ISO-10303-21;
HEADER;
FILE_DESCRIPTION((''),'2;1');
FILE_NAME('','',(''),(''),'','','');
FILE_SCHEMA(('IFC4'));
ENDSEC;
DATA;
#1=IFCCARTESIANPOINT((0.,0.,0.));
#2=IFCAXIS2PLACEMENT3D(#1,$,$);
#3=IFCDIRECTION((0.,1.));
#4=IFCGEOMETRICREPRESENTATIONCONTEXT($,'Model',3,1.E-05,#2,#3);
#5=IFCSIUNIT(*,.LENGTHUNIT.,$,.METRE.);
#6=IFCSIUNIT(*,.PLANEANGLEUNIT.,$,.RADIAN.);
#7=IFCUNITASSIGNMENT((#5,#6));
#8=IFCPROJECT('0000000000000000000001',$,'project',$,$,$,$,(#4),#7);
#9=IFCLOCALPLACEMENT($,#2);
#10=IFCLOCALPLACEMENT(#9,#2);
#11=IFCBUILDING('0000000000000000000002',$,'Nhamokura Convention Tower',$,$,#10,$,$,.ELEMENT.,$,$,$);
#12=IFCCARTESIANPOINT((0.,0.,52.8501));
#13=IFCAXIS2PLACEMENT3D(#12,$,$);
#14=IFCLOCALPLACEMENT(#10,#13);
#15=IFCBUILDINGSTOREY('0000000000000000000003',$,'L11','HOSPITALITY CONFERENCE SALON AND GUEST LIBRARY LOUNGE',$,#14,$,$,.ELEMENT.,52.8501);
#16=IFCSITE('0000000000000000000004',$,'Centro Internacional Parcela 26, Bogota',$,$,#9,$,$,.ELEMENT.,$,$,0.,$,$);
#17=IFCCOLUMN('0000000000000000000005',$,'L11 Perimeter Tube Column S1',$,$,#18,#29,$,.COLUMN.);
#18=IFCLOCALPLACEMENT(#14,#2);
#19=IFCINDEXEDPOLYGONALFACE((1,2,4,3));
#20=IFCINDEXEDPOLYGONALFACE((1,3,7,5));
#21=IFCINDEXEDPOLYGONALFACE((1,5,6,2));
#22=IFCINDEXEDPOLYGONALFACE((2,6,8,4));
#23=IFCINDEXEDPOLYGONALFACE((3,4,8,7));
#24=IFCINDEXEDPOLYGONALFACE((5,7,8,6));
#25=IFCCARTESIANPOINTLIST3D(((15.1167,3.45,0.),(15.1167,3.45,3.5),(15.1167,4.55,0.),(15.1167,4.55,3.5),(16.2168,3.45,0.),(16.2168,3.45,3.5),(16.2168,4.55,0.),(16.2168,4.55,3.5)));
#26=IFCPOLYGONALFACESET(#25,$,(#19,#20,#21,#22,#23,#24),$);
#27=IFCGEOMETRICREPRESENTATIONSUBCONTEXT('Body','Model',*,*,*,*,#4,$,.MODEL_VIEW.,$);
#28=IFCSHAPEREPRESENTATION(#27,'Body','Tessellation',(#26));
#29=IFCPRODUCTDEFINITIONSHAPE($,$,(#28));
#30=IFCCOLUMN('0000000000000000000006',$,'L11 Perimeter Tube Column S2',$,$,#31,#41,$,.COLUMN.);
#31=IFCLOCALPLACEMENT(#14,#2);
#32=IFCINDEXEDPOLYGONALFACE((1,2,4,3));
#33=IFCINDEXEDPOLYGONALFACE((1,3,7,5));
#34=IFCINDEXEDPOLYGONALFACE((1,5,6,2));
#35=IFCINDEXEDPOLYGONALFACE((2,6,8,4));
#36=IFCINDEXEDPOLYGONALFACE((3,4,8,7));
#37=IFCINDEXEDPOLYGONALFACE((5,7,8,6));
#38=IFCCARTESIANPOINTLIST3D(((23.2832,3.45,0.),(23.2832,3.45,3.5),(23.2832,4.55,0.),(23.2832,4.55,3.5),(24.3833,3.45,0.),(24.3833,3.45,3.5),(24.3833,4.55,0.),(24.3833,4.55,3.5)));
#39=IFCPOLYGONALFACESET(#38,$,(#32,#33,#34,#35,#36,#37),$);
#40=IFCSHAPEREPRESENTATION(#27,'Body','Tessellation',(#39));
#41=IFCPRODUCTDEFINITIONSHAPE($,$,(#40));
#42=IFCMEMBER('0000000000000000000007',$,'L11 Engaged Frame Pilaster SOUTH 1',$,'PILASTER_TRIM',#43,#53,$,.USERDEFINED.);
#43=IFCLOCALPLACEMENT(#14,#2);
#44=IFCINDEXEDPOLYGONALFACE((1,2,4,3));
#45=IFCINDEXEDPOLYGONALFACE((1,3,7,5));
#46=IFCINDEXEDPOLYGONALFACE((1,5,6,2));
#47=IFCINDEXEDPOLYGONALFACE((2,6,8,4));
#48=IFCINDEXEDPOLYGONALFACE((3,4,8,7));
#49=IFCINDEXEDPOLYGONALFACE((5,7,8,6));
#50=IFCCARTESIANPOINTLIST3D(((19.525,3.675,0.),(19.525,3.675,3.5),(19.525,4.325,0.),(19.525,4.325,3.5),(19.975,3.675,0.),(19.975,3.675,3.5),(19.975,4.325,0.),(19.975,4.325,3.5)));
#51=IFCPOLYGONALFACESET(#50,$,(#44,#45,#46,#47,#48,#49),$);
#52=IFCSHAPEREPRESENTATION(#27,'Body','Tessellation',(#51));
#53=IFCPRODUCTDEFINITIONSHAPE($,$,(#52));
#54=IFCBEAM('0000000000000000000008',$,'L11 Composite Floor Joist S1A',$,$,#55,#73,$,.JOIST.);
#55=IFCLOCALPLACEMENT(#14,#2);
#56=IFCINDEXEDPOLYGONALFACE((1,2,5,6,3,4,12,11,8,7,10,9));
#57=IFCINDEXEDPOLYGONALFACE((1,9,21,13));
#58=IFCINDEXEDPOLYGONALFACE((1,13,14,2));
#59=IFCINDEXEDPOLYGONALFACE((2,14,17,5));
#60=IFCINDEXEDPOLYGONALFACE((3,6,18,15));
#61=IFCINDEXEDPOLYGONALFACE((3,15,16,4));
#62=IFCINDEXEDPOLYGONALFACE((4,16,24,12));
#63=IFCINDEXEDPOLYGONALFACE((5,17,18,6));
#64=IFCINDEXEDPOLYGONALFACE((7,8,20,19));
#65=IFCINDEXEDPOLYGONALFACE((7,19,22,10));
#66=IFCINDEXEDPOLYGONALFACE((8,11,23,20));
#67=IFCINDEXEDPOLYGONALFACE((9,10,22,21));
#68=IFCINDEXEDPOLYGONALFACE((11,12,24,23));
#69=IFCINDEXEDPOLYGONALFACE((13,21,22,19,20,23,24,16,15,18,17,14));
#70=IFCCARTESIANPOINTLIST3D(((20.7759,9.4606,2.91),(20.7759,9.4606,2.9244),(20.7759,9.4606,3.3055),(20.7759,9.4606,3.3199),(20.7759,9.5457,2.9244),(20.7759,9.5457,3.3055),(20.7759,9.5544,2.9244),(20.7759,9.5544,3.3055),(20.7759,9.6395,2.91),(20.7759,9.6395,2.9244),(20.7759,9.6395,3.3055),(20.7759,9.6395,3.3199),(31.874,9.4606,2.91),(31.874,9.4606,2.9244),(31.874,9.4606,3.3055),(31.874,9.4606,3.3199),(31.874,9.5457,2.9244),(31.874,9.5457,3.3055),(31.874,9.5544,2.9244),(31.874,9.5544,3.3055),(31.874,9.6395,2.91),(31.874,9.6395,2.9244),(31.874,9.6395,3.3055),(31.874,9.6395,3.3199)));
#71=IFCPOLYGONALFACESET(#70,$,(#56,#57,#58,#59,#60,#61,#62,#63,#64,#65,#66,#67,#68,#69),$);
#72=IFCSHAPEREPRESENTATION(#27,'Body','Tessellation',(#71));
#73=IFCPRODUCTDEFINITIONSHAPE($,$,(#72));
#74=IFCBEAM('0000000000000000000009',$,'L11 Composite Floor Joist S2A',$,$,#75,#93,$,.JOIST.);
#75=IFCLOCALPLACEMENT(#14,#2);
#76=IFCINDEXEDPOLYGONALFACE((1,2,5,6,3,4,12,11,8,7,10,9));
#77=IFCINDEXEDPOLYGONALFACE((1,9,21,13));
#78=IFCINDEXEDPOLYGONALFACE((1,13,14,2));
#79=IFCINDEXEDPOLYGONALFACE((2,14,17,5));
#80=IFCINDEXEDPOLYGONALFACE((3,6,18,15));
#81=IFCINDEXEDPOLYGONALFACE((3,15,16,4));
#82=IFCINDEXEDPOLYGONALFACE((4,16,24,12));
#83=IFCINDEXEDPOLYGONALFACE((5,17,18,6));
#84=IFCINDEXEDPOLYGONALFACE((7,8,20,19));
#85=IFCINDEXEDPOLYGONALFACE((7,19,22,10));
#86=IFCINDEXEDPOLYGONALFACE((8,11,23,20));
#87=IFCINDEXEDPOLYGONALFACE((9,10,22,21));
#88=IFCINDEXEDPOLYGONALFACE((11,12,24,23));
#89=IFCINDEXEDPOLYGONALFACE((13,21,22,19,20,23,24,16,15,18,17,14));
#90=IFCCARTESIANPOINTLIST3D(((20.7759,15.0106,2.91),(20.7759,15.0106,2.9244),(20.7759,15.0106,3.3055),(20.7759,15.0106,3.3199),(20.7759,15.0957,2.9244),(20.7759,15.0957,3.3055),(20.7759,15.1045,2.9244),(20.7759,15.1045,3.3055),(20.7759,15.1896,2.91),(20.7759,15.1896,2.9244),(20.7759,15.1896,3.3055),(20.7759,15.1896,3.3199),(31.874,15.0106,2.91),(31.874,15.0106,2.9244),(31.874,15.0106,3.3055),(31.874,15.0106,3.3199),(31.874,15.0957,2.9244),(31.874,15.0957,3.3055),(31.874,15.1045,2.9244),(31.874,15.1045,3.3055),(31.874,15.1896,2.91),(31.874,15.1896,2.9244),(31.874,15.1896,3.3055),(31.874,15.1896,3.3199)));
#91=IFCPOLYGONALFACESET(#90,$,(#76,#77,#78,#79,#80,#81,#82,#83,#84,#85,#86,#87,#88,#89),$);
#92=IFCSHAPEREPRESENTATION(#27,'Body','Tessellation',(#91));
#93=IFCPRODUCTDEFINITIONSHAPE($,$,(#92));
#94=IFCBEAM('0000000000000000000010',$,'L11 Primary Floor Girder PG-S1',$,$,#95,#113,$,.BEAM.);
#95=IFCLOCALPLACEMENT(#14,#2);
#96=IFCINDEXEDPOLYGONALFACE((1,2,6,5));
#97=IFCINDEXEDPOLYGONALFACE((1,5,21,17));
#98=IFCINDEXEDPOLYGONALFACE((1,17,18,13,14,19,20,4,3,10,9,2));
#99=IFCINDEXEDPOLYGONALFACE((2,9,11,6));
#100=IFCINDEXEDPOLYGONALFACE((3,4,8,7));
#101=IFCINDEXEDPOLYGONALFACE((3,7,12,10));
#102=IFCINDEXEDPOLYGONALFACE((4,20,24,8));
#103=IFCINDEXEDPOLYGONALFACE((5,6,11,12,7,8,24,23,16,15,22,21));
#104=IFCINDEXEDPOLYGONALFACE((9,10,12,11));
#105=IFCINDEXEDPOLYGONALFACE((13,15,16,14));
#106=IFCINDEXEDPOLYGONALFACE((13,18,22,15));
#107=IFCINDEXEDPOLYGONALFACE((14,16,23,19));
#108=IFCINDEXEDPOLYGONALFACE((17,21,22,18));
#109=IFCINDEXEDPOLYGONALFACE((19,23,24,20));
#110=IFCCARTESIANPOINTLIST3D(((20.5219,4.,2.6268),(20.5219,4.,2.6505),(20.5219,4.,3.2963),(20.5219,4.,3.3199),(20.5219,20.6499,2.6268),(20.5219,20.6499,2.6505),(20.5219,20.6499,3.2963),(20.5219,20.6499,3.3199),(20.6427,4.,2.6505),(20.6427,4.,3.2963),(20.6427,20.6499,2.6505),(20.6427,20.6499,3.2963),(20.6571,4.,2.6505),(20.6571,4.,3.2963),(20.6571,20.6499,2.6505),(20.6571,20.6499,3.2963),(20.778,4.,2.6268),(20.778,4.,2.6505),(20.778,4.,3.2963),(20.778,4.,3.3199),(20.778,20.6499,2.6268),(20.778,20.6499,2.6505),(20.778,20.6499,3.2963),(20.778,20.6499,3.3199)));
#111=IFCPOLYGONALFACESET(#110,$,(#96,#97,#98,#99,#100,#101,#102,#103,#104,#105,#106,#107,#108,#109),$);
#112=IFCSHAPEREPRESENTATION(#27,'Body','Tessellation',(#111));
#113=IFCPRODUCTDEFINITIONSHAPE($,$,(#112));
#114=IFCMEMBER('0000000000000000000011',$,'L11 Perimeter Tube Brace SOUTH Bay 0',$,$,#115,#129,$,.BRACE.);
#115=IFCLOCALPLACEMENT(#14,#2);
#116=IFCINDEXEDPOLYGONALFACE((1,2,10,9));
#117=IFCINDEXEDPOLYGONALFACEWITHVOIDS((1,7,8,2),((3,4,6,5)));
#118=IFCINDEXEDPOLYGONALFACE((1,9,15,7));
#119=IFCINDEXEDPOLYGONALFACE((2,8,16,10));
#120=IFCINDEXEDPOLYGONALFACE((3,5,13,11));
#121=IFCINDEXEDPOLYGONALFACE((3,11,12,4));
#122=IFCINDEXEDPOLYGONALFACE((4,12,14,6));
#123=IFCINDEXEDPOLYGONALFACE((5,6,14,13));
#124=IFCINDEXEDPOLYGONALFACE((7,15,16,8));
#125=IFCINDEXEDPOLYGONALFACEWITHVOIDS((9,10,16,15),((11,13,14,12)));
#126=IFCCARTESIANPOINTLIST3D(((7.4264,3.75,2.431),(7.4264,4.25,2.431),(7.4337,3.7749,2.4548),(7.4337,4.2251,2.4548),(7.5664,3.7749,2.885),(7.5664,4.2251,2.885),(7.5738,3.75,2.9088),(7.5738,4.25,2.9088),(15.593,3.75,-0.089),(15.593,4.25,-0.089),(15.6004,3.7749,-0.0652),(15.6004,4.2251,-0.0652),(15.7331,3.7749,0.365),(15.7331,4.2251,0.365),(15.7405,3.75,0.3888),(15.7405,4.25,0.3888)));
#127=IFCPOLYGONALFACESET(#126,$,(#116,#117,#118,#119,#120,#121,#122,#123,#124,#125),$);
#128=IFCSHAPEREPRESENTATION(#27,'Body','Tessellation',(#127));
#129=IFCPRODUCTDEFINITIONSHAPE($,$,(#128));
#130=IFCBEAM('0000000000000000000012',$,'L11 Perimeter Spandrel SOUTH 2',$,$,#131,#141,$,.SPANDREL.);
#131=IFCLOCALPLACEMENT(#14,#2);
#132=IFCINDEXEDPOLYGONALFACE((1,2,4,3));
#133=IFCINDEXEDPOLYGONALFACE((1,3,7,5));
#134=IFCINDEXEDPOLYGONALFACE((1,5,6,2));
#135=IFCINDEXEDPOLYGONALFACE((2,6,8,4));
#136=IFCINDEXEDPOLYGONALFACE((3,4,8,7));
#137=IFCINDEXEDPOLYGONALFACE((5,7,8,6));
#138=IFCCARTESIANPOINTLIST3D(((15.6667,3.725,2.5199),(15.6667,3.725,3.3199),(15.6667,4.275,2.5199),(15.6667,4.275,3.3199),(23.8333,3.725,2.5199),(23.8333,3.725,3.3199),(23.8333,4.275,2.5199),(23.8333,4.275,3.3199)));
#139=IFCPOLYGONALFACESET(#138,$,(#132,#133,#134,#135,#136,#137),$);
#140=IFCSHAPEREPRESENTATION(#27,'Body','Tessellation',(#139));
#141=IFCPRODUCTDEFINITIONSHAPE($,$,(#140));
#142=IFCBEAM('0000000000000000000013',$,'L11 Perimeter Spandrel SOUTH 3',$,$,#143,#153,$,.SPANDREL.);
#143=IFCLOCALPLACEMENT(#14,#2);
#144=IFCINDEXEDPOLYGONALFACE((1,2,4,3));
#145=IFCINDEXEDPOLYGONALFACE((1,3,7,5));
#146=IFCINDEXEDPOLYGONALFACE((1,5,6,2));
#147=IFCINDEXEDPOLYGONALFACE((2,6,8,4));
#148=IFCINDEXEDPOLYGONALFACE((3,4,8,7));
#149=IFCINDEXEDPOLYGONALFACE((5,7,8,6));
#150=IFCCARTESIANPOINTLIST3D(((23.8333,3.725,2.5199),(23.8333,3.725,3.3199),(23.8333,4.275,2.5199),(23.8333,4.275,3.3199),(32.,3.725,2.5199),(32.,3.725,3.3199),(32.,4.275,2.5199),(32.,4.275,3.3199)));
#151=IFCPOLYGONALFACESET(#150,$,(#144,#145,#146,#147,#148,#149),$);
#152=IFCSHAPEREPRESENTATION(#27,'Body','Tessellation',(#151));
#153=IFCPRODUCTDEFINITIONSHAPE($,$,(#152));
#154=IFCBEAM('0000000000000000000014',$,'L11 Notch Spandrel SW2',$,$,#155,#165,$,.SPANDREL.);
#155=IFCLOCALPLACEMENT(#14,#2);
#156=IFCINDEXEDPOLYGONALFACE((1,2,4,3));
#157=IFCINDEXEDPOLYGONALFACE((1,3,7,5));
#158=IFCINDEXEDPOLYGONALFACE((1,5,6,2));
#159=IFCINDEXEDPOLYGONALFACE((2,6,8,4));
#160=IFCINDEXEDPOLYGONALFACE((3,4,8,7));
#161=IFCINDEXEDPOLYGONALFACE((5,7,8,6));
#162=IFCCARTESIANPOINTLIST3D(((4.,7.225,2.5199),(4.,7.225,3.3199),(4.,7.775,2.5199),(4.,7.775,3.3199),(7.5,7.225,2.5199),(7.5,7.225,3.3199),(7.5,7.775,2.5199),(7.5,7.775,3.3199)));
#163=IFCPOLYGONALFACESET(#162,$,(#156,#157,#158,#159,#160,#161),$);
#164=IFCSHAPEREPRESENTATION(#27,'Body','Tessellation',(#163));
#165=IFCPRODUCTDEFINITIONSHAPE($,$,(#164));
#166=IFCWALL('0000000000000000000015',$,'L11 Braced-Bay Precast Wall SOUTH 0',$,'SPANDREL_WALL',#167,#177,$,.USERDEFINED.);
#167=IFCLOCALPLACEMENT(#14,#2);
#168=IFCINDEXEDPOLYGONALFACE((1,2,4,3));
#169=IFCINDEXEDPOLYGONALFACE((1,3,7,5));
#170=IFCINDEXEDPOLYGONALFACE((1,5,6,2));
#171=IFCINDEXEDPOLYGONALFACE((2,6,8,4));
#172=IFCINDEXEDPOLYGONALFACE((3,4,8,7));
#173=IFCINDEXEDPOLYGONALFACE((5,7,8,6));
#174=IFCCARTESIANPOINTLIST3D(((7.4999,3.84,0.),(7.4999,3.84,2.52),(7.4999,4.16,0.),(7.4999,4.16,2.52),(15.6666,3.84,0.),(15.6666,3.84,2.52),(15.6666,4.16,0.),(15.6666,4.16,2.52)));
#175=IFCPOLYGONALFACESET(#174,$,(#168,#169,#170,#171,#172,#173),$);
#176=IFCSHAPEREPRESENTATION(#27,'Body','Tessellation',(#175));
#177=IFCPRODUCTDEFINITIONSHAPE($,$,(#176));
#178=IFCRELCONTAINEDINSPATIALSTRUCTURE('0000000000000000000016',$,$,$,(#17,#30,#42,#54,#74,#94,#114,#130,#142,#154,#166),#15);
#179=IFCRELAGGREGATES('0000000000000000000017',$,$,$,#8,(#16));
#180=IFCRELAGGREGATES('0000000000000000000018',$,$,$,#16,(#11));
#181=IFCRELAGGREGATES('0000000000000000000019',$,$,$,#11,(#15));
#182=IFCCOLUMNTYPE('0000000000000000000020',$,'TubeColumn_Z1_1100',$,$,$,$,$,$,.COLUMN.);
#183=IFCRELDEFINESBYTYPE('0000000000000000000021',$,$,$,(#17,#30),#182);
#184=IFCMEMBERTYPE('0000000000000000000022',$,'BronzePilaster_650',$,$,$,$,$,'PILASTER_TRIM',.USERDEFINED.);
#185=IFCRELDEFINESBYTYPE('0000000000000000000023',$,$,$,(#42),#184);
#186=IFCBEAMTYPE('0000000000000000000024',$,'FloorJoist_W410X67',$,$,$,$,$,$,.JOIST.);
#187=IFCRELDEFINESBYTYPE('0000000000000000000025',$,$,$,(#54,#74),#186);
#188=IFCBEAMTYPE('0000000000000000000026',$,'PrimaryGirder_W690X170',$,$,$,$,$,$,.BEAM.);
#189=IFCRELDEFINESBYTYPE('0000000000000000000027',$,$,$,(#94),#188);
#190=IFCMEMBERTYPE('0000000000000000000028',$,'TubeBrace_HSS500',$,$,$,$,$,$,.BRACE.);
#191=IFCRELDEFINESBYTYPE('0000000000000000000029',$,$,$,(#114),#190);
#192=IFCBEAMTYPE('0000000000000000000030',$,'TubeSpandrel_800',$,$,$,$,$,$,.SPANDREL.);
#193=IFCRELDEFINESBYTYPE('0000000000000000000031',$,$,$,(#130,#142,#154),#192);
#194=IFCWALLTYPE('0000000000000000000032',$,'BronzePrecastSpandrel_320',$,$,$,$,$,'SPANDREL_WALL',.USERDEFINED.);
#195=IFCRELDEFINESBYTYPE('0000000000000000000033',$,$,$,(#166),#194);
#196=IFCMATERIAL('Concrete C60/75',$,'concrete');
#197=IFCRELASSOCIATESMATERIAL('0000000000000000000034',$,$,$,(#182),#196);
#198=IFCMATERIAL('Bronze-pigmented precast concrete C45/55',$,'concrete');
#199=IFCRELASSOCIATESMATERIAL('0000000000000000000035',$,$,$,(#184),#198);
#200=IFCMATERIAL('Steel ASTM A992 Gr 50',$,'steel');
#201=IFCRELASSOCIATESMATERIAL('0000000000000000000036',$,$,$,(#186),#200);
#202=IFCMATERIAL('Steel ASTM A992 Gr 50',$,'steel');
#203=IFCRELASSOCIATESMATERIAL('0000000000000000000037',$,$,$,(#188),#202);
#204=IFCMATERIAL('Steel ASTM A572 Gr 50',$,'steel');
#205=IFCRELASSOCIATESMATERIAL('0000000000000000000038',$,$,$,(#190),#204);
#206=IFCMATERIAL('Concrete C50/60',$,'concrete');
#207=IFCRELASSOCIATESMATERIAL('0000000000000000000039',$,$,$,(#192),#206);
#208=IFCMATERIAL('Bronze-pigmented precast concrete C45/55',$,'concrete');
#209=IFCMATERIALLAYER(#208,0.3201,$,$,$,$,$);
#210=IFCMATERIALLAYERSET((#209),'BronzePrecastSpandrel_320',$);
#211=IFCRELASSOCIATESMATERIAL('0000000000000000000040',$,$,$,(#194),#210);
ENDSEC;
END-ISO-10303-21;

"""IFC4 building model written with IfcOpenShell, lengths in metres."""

from ifc_helpers import new_model, si_unit, direction, frame, frame_2d, origin, origin_2d, place, context, subcontext, project, spatial, rectangle, hollow_rectangle, i_section, extrude, material, layer, layer_set, material_profile, profile_set, type_object, element, save


model = new_model("IFC4")

# Units and contexts
model_context = context("Model", 3, precision=1e-05, world=origin(), true_north=direction((0.0, 1.0)))
body_context = subcontext(model_context, "Body", "Model", "MODEL_VIEW")
ifc_project = project(units=[si_unit("LENGTHUNIT", "METRE"), si_unit("PLANEANGLEUNIT", "RADIAN")], contexts=[model_context])

# Site, building, storey
site_placement = place(None, origin())
site = spatial("IfcSite", under=ifc_project, at=site_placement, Name="Centro Internacional Parcela 26, Bogota", CompositionType="ELEMENT", RefElevation=0.0)
building_placement = place(site_placement, origin())
building = spatial("IfcBuilding", under=site, at=building_placement, Name="Nhamokura Convention Tower", CompositionType="ELEMENT")
storey_placement = place(building_placement, frame((0.0, 0.0, 52.8501)))
storey = spatial("IfcBuildingStorey", under=building, at=storey_placement, Name="L11", Description="HOSPITALITY CONFERENCE SALON AND GUEST LIBRARY LOUNGE", CompositionType="ELEMENT", Elevation=52.8501)

# Columns
ifc_material_1 = material(Name="Concrete C60/75", Category="concrete")
ifc_material_profile_1 = material_profile(ifc_material_1, rectangle(XDim=1.1001, YDim=1.1001, at=origin_2d()))
ifc_profile_set_1 = profile_set([ifc_material_profile_1], Name="Concrete C60/75")
column_type = type_object("IfcColumnType", Name="TubeColumn_Z1_1100", PredefinedType="COLUMN", material=ifc_profile_set_1)
for number, where, z_axis, x_axis, name in (
    (1, (15.6667, 4.0, 0.0), (0.0, 0.0, 1.0), (1.0, 0.0, 0.0), "L11 Perimeter Tube Column S1"),
    (2, (23.8333, 4.0, 0.0), (0.0, 0.0, 1.0), (1.0, 0.0, 0.0), "L11 Perimeter Tube Column S2"),
):
    element("IfcColumn", number, at=place(storey_placement, frame(where, z_axis=z_axis, x_axis=x_axis)), inside=storey, type_object=column_type, Name=name, PredefinedType="COLUMN", context=body_context, shape_type="SweptSolid", body=[
        extrude(rectangle(XDim=1.1001, YDim=1.1001, at=origin_2d()), origin(), (0.0, 0.0, 1.0), 3.5),
    ])

# Member
ifc_material_2 = material(Name="Bronze-pigmented precast concrete C45/55", Category="concrete")
ifc_material_profile_2 = material_profile(ifc_material_2, rectangle(XDim=0.45, YDim=0.6499, at=origin_2d()))
ifc_profile_set_2 = profile_set([ifc_material_profile_2], Name="Bronze-pigmented precast concrete C45/55")
member_type_1 = type_object("IfcMemberType", Name="BronzePilaster_650", ElementType="PILASTER_TRIM", PredefinedType="USERDEFINED", material=ifc_profile_set_2)
member_1_placement = place(storey_placement, frame((19.75, 4.0, 0.0), z_axis=(0.0, 0.0, 1.0), x_axis=(1.0, 0.0, 0.0)))
element("IfcMember", 3, at=member_1_placement, inside=storey, type_object=member_type_1, Name="L11 Engaged Frame Pilaster SOUTH 1", ObjectType="PILASTER_TRIM", PredefinedType="USERDEFINED", context=body_context, shape_type="SweptSolid", body=[
    extrude(rectangle(XDim=0.45, YDim=0.6499, at=origin_2d()), origin(), (0.0, 0.0, 1.0), 3.5),
])

# Beams
ifc_material_3 = material(Name="Steel ASTM A992 Gr 50", Category="steel")
ifc_material_profile_3 = material_profile(ifc_material_3, i_section(OverallWidth=0.179, OverallDepth=0.4099, WebThickness=0.0088, FlangeThickness=0.0144, at=origin_2d()))
ifc_profile_set_3 = profile_set([ifc_material_profile_3], Name="Steel ASTM A992 Gr 50")
beam_type_1 = type_object("IfcBeamType", Name="FloorJoist_W410X67", PredefinedType="JOIST", material=ifc_profile_set_3)
for number, where, z_axis, x_axis, name in (
    (4, (20.7759, 9.55, 3.115), (1.0, 0.0, 0.0), (0.0, 1.0, 0.0), "L11 Composite Floor Joist S1A"),
    (5, (20.7759, 15.1001, 3.115), (1.0, 0.0, 0.0), (0.0, 1.0, 0.0), "L11 Composite Floor Joist S2A"),
):
    element("IfcBeam", number, at=place(storey_placement, frame(where, z_axis=z_axis, x_axis=x_axis)), inside=storey, type_object=beam_type_1, Name=name, PredefinedType="JOIST", context=body_context, shape_type="SweptSolid", body=[
        extrude(i_section(OverallWidth=0.179, OverallDepth=0.4099, WebThickness=0.0088, FlangeThickness=0.0144, at=origin_2d()), origin(), (0.0, 0.0, 1.0), 11.0981),
    ])
ifc_material_4 = material(Name="Steel ASTM A992 Gr 50", Category="steel")
ifc_material_profile_4 = material_profile(ifc_material_4, i_section(OverallWidth=0.2561, OverallDepth=0.6931, WebThickness=0.0144, FlangeThickness=0.0237, at=origin_2d()))
ifc_profile_set_4 = profile_set([ifc_material_profile_4], Name="Steel ASTM A992 Gr 50")
beam_type_2 = type_object("IfcBeamType", Name="PrimaryGirder_W690X170", PredefinedType="BEAM", material=ifc_profile_set_4)
beam_1_placement = place(storey_placement, frame((20.6499, 4.0, 2.9734), z_axis=(0.0, 1.0, 0.0), x_axis=(-1.0, 0.0, 0.0)))
element("IfcBeam", 6, at=beam_1_placement, inside=storey, type_object=beam_type_2, Name="L11 Primary Floor Girder PG-S1", PredefinedType="BEAM", context=body_context, shape_type="SweptSolid", body=[
    extrude(i_section(OverallWidth=0.2561, OverallDepth=0.6931, WebThickness=0.0144, FlangeThickness=0.0237, at=origin_2d()), origin(), (0.0, 0.0, 1.0), 16.6499),
])

# Member
ifc_material_5 = material(Name="Steel ASTM A572 Gr 50", Category="steel")
ifc_material_profile_5 = material_profile(ifc_material_5, hollow_rectangle(XDim=0.5, YDim=0.5, WallThickness=0.0249, at=origin_2d()))
ifc_profile_set_5 = profile_set([ifc_material_profile_5], Name="Steel ASTM A572 Gr 50")
member_type_2 = type_object("IfcMemberType", Name="TubeBrace_HSS500", PredefinedType="BRACE", material=ifc_profile_set_5)
member_2_placement = place(storey_placement, frame((15.6667, 4.0, 0.1499), z_axis=(-0.955543, 0.0, 0.294853), x_axis=(0.0, -1.0, 0.0)))
element("IfcMember", 7, at=member_2_placement, inside=storey, type_object=member_type_2, Name="L11 Perimeter Tube Brace SOUTH Bay 0", PredefinedType="BRACE", context=body_context, shape_type="SweptSolid", body=[
    extrude(hollow_rectangle(XDim=0.5, YDim=0.5, WallThickness=0.0249, at=origin_2d()), origin(), (0.0, 0.0, 1.0), 8.5466),
])

# Beams
ifc_material_6 = material(Name="Concrete C50/60", Category="concrete")
ifc_material_profile_6 = material_profile(ifc_material_6, rectangle(XDim=0.55, YDim=0.8, at=origin_2d()))
ifc_profile_set_6 = profile_set([ifc_material_profile_6], Name="Concrete C50/60")
beam_type_3 = type_object("IfcBeamType", Name="TubeSpandrel_800", PredefinedType="SPANDREL", material=ifc_profile_set_6)
beam_2_placement = place(storey_placement, frame((15.6667, 4.0, 2.9199), z_axis=(1.0, 0.0, 0.0), x_axis=(0.0, 1.0, 0.0)))
element("IfcBeam", 8, at=beam_2_placement, inside=storey, type_object=beam_type_3, Name="L11 Perimeter Spandrel SOUTH 2", PredefinedType="SPANDREL", context=body_context, shape_type="SweptSolid", body=[
    extrude(rectangle(XDim=0.55, YDim=0.8, at=origin_2d()), origin(), (0.0, 0.0, 1.0), 8.1665),
])
beam_3_placement = place(storey_placement, frame((23.8333, 4.0, 2.9199), z_axis=(1.0, 0.0, 0.0), x_axis=(0.0, 1.0, 0.0)))
element("IfcBeam", 9, at=beam_3_placement, inside=storey, type_object=beam_type_3, Name="L11 Perimeter Spandrel SOUTH 3", PredefinedType="SPANDREL", context=body_context, shape_type="SweptSolid", body=[
    extrude(rectangle(XDim=0.55, YDim=0.8, at=origin_2d()), origin(), (0.0, 0.0, 1.0), 8.1667),
])
beam_4_placement = place(storey_placement, frame((7.5, 7.5, 2.9199), z_axis=(-1.0, 0.0, 0.0), x_axis=(0.0, -1.0, 0.0)))
element("IfcBeam", 10, at=beam_4_placement, inside=storey, type_object=beam_type_3, Name="L11 Notch Spandrel SW2", PredefinedType="SPANDREL", context=body_context, shape_type="SweptSolid", body=[
    extrude(rectangle(XDim=0.55, YDim=0.8, at=origin_2d()), origin(), (0.0, 0.0, 1.0), 3.5),
])

# Wall
ifc_material_7 = material(Name="Bronze-pigmented precast concrete C45/55", Category="concrete")
ifc_layer_1 = layer(ifc_material_7, 0.3201)
ifc_layer_set_1 = layer_set([ifc_layer_1], Name="BronzePrecastSpandrel_320")
wall_type_1 = type_object("IfcWallType", Name="BronzePrecastSpandrel_320", ElementType="SPANDREL_WALL", PredefinedType="USERDEFINED", material=ifc_layer_set_1)
wall_1_placement = place(storey_placement, frame((15.6667, 4.0, 0.0), z_axis=(0.0, 0.0, 1.0), x_axis=(-1.0, 0.0, 0.0)))
element("IfcWall", 11, at=wall_1_placement, inside=storey, type_object=wall_type_1, Name="L11 Braced-Bay Precast Wall SOUTH 0", ObjectType="SPANDREL_WALL", PredefinedType="USERDEFINED", context=body_context, shape_type="SweptSolid", body=[
    extrude(rectangle(XDim=8.1667, YDim=0.3201, at=frame_2d((4.0835, 0.0))), origin(), (0.0, 0.0, 1.0), 2.52),
])

save(model, "model.ifc")
